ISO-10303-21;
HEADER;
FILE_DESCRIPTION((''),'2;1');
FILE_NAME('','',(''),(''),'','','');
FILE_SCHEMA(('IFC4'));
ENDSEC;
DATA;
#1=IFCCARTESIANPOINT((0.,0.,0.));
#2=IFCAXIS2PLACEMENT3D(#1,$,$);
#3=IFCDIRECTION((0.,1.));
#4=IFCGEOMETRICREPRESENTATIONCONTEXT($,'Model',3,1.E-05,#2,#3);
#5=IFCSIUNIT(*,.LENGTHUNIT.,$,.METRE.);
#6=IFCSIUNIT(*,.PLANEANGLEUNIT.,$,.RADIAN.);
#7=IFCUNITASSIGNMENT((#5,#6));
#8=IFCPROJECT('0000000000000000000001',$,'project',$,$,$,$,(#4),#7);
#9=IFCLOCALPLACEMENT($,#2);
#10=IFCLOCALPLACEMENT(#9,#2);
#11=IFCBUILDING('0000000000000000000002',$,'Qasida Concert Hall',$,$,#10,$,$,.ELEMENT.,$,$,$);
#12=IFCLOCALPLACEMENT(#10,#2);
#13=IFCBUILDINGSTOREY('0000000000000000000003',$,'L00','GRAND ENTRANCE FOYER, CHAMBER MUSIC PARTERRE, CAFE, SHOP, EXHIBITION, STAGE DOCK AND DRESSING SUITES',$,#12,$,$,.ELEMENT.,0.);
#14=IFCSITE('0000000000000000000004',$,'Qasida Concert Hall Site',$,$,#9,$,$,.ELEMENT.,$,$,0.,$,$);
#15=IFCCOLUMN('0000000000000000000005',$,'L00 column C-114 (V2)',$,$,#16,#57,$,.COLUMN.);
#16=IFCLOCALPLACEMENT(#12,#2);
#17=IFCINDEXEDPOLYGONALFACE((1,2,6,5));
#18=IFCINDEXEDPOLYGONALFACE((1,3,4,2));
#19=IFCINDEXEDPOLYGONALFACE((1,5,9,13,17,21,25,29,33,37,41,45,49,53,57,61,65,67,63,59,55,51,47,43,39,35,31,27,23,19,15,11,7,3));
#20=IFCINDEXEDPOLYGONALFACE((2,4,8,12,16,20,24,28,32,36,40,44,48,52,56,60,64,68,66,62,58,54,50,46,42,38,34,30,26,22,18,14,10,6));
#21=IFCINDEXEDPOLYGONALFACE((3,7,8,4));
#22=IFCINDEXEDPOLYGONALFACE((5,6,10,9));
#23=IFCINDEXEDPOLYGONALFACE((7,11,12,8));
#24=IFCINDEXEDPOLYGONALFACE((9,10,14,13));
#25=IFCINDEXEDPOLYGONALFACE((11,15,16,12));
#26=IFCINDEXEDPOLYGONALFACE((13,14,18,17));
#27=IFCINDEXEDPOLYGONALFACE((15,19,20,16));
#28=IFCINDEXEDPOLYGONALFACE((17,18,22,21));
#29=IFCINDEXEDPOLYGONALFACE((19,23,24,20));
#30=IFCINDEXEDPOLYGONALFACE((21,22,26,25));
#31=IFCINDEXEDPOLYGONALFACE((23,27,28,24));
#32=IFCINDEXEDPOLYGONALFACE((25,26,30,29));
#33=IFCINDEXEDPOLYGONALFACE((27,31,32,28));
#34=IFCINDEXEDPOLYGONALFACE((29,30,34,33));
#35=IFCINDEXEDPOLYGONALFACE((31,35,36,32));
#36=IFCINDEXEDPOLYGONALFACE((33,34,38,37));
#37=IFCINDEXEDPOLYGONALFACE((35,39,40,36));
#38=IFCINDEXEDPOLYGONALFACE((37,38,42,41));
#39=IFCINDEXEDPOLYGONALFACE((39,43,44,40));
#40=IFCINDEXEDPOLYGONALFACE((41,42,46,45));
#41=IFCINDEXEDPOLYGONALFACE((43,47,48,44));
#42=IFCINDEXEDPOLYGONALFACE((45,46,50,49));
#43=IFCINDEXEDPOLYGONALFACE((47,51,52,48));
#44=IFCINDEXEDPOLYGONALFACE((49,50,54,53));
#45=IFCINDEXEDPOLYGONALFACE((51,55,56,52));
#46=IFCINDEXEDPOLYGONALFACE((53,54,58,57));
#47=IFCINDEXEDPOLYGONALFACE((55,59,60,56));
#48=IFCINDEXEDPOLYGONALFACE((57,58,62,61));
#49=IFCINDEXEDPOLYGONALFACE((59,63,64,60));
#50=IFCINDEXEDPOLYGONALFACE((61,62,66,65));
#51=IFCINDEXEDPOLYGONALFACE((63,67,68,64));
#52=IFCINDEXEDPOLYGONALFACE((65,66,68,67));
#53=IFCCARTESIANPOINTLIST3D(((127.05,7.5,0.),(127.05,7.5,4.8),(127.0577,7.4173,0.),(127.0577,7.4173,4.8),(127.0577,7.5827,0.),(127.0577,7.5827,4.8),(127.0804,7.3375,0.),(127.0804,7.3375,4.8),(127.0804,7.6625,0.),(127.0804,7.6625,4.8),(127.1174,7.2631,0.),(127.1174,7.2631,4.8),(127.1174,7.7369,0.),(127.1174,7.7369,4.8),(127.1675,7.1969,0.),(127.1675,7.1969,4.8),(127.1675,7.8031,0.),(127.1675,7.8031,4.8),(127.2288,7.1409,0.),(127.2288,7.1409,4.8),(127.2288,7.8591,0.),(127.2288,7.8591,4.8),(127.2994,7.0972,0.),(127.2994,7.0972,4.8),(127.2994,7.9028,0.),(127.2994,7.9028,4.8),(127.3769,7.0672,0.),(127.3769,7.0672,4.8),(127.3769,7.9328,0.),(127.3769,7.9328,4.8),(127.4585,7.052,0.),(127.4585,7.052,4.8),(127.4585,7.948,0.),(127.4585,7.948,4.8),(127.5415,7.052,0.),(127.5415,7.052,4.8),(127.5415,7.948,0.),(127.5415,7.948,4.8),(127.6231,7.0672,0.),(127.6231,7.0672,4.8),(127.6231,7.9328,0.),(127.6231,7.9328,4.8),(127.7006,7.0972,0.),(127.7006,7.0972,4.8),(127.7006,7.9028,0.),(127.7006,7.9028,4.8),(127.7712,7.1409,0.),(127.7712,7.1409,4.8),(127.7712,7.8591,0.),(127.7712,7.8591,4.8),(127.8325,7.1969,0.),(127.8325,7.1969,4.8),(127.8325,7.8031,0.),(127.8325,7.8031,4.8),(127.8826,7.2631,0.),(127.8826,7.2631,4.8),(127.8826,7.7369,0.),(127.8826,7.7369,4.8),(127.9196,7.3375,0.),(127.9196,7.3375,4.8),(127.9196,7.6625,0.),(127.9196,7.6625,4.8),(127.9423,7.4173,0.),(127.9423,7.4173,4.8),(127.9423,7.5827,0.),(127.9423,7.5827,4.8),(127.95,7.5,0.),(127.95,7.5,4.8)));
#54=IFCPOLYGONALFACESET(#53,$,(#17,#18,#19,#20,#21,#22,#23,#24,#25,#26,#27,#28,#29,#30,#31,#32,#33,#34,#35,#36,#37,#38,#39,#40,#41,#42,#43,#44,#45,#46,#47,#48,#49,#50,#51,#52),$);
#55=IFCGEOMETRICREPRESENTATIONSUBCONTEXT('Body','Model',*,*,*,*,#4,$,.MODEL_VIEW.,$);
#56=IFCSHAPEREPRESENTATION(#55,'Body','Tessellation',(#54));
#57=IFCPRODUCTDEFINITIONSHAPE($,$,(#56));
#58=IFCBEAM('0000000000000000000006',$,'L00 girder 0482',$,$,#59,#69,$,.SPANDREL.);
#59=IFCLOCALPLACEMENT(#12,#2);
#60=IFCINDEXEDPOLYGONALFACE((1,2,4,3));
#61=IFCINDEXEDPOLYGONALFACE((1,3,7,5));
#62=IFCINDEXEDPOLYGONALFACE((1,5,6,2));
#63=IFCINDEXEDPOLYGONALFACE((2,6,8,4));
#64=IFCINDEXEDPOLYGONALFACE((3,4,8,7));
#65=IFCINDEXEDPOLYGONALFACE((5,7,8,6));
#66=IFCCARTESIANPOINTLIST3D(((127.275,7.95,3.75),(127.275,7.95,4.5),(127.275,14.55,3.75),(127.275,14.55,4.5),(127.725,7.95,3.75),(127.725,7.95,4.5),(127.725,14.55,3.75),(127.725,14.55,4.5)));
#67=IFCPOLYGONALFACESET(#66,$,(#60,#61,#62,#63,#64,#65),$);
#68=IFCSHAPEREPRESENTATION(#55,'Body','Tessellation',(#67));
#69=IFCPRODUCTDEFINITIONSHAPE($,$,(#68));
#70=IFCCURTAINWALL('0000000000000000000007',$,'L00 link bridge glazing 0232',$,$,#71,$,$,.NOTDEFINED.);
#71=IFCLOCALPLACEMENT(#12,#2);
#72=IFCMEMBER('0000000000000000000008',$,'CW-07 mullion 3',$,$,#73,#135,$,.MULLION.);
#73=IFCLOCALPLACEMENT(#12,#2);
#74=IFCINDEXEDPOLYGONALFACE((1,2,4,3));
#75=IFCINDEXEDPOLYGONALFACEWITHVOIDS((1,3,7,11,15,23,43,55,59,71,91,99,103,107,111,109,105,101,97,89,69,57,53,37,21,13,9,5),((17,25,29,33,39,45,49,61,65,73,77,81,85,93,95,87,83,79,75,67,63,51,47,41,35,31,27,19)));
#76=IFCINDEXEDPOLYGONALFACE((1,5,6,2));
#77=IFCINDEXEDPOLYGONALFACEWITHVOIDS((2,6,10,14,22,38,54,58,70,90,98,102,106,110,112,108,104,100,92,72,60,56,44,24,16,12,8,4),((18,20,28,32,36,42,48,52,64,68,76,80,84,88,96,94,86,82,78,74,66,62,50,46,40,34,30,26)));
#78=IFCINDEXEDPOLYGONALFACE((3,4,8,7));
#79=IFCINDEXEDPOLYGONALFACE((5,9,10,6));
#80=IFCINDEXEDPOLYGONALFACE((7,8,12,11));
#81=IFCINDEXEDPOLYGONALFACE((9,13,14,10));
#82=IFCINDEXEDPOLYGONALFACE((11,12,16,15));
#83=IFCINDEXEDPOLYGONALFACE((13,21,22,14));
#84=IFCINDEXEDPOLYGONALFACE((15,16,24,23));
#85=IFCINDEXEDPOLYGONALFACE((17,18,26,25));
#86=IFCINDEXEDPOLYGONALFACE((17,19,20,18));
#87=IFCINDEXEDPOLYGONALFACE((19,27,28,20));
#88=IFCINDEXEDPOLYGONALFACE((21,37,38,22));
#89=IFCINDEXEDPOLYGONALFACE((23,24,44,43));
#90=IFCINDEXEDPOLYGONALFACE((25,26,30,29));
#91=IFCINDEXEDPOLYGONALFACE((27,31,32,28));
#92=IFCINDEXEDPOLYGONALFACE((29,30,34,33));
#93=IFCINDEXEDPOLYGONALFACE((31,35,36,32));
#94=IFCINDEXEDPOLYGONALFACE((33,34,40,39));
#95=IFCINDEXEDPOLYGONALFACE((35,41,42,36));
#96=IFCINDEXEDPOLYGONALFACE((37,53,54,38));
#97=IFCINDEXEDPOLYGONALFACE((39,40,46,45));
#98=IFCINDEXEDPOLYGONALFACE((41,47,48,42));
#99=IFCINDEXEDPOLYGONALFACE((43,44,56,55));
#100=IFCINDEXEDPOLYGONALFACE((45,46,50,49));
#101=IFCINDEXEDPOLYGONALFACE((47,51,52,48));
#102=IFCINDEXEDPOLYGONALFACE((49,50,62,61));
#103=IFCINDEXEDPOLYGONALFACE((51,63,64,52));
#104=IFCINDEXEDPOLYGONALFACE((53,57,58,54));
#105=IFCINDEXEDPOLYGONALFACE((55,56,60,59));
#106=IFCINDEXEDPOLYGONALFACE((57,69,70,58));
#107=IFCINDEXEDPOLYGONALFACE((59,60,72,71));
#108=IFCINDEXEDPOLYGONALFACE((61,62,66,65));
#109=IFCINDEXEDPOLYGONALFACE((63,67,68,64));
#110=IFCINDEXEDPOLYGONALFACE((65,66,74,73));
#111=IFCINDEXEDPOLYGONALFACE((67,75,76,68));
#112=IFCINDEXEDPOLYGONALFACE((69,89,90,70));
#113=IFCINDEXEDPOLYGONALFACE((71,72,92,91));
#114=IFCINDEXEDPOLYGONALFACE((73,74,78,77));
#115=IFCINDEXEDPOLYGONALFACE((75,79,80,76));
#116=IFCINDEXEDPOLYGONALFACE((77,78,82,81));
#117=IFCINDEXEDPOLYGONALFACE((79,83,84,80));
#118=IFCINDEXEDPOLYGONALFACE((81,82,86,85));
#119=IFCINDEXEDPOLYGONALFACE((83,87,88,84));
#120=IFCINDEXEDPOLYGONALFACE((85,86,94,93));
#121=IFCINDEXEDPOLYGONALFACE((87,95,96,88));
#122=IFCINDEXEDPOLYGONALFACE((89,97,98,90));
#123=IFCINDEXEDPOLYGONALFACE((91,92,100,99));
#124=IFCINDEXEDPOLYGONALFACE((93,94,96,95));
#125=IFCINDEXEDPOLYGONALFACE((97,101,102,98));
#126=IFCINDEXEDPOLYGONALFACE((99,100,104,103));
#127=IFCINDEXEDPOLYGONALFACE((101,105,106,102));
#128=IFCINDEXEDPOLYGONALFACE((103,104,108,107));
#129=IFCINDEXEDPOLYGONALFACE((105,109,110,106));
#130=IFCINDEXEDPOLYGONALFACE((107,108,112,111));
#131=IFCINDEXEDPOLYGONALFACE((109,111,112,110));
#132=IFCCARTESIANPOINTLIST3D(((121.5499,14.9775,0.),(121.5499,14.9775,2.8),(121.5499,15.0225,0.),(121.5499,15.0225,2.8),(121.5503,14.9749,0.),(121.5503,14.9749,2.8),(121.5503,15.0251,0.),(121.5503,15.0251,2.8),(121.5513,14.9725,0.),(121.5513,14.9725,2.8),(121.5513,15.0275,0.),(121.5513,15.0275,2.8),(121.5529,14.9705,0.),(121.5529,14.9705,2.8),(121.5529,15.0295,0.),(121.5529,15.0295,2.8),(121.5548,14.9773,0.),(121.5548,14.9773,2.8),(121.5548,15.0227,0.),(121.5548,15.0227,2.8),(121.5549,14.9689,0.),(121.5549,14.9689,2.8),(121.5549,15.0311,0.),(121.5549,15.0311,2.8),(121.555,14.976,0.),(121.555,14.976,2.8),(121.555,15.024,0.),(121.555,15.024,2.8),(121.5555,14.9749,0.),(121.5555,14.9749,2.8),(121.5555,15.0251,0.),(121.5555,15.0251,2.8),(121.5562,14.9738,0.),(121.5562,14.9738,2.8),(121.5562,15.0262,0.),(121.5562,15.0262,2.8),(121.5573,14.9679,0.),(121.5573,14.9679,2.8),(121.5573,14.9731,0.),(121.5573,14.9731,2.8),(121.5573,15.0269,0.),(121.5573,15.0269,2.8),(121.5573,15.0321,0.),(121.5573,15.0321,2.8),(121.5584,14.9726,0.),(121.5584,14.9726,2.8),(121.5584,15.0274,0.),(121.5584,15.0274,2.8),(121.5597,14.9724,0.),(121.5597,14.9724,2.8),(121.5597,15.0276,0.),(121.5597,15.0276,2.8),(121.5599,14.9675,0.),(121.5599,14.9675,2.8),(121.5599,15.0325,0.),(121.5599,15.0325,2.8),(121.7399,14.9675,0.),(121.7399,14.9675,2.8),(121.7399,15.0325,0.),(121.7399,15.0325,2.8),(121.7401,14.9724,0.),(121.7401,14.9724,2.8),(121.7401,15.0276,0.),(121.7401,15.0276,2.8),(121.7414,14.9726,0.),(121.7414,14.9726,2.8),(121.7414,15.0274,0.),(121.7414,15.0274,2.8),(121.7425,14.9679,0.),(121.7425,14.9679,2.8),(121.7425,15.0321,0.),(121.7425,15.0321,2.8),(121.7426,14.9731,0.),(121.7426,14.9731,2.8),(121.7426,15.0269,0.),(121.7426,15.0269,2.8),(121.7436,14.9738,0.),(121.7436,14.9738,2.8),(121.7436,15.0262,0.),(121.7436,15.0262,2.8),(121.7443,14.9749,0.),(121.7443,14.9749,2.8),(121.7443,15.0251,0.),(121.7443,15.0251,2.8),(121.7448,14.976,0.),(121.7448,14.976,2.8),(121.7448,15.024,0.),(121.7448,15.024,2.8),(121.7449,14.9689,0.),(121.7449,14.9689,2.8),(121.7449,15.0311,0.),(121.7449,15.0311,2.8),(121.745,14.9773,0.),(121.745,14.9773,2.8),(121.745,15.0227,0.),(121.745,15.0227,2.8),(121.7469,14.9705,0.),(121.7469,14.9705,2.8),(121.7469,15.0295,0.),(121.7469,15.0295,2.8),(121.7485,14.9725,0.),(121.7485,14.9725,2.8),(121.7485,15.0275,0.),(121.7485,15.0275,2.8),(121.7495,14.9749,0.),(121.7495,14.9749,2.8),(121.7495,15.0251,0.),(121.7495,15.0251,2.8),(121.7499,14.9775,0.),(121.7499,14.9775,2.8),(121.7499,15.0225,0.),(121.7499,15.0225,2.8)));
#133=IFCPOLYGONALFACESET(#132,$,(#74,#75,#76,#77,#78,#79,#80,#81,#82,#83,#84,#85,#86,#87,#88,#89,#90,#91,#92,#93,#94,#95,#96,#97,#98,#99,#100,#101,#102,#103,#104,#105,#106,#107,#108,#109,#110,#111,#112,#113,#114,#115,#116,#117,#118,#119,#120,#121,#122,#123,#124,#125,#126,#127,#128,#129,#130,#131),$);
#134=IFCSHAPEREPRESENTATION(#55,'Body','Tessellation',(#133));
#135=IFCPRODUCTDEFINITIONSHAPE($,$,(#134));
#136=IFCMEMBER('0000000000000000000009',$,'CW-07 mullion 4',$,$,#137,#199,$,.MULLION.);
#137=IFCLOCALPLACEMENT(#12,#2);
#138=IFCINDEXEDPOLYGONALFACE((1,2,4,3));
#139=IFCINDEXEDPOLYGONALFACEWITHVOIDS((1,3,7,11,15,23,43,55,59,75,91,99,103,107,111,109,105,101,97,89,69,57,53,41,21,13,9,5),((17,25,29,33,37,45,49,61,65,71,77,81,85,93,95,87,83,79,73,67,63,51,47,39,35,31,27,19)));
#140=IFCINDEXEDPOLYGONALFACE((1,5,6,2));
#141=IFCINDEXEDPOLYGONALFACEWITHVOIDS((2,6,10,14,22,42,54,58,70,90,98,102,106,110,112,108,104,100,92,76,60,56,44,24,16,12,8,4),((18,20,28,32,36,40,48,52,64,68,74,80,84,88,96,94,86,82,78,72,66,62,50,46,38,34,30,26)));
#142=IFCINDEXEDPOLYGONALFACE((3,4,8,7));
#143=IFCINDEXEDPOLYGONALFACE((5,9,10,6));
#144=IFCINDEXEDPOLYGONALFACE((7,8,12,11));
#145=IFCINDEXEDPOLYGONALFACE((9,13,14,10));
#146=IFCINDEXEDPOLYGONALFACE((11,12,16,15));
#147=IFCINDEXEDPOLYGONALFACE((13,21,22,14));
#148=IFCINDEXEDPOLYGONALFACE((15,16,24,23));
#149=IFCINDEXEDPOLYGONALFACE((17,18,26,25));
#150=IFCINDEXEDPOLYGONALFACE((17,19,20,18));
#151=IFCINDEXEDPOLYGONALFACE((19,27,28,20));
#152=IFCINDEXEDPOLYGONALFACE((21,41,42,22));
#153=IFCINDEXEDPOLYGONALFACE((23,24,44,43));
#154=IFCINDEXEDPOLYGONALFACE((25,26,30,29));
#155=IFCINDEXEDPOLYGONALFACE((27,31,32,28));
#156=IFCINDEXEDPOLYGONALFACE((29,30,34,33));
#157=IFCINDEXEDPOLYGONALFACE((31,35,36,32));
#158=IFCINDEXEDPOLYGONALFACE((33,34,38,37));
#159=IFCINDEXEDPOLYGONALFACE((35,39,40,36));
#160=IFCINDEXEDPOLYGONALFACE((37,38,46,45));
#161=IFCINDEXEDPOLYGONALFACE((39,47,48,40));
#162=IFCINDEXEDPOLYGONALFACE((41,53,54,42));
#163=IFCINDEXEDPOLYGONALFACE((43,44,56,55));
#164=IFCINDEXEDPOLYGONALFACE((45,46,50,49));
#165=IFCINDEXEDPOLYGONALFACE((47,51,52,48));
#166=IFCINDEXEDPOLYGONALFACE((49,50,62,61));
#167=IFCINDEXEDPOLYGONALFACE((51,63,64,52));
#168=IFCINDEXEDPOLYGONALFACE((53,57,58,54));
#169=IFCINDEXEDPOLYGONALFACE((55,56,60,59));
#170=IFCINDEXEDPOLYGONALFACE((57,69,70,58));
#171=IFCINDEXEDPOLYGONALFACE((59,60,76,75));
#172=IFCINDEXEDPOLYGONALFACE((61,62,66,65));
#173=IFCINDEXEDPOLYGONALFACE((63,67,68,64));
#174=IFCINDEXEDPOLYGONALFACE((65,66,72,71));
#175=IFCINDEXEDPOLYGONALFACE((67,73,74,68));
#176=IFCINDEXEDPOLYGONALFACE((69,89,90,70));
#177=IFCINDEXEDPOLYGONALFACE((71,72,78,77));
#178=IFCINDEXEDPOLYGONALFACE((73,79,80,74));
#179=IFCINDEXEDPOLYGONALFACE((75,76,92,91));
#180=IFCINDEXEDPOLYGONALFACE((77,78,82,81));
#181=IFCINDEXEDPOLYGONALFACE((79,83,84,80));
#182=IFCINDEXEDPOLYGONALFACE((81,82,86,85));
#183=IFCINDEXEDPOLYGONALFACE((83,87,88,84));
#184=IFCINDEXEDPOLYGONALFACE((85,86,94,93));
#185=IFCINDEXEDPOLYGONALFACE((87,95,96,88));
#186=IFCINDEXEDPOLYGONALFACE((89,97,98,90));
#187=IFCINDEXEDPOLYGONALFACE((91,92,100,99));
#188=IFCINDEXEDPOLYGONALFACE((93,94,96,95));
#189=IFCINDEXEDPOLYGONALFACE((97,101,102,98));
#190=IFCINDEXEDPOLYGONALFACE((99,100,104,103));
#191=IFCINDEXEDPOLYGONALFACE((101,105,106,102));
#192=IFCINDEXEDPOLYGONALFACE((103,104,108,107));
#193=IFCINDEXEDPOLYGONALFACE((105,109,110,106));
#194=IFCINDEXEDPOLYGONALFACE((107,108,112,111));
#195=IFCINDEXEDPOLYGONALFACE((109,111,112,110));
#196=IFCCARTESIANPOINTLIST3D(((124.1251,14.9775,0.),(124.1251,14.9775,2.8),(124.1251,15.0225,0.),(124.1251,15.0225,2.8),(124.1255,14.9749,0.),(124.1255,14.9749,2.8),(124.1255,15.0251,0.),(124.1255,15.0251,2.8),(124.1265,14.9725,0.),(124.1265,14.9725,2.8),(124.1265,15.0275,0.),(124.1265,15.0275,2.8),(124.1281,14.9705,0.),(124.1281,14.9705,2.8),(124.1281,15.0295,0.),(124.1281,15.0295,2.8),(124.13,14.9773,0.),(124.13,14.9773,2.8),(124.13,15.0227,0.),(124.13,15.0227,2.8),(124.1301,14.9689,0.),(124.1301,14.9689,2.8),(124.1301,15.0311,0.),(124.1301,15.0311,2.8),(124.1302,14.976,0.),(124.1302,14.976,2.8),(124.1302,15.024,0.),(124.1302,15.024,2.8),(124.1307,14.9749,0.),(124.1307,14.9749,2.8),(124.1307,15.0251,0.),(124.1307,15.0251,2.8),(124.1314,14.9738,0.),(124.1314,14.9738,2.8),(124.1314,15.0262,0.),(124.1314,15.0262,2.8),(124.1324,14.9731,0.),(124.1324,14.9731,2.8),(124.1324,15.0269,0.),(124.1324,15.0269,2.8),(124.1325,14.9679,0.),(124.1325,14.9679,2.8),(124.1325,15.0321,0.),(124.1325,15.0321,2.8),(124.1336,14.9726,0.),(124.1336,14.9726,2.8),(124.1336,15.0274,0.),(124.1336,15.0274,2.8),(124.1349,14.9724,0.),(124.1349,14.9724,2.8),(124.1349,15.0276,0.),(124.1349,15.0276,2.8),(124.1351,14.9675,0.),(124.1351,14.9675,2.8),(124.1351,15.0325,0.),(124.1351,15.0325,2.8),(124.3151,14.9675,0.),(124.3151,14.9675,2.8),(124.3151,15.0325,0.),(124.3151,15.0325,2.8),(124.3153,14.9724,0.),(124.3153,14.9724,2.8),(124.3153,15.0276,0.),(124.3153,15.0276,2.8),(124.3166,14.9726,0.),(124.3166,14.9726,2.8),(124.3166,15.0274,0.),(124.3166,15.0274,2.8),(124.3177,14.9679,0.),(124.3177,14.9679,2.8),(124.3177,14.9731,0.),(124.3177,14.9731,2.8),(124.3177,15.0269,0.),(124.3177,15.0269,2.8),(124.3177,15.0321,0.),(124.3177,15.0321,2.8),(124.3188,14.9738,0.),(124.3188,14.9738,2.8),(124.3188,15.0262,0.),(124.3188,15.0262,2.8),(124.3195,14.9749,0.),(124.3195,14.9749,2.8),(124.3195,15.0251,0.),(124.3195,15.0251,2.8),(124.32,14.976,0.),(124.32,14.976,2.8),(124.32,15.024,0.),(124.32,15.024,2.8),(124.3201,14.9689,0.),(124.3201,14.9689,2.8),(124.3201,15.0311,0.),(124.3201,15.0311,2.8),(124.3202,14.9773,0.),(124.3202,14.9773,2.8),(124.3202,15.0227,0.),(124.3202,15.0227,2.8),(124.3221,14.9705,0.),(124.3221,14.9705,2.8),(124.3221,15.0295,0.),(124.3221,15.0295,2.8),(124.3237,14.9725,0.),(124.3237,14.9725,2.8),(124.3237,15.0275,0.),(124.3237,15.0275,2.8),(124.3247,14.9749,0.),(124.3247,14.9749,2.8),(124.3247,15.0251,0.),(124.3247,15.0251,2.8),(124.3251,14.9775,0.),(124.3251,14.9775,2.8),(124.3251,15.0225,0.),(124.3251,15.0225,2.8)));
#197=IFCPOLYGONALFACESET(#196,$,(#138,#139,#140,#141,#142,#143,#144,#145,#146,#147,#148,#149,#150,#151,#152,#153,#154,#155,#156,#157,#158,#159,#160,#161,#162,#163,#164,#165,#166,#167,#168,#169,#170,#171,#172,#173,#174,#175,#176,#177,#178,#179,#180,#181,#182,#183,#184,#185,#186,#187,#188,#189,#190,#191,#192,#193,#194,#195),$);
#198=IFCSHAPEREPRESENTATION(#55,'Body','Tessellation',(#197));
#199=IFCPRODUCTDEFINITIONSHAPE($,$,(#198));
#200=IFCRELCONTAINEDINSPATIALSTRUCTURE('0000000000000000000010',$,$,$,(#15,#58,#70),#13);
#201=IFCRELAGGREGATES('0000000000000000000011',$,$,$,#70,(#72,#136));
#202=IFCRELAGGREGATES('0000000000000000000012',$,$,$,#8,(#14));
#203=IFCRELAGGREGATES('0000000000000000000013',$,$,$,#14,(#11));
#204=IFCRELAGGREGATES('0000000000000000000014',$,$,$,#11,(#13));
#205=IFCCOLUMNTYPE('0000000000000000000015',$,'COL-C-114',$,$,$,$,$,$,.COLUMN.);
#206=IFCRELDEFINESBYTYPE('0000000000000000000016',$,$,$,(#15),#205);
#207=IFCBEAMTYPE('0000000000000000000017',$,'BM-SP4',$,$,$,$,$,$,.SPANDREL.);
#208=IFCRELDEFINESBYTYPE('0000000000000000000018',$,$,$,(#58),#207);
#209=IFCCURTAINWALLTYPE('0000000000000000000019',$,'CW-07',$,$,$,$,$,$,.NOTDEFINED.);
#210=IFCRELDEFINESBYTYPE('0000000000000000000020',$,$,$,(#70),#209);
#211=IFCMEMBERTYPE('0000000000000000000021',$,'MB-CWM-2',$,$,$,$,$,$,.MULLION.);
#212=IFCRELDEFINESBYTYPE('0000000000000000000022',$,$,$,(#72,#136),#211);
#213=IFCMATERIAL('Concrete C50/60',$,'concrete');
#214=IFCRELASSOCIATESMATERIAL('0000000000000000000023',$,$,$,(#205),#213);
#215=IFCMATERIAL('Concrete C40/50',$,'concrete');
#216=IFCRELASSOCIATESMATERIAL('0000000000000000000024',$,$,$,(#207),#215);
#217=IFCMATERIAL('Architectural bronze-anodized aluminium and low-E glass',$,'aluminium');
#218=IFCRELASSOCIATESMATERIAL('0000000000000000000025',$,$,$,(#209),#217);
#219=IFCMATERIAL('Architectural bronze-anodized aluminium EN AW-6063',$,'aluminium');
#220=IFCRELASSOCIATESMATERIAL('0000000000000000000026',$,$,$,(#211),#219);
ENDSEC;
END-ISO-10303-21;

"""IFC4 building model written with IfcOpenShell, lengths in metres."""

from ifc_helpers import new_model, si_unit, direction, frame, origin, origin_2d, place, context, subcontext, project, spatial, rectangle, hollow_rectangle, circle, extrude, material, material_profile, profile_set, type_object, element, aggregate, save


model = new_model("IFC4")

# Units and contexts
model_context = context("Model", 3, precision=1e-05, world=origin(), true_north=direction((0.0, 1.0)))
body_context = subcontext(model_context, "Body", "Model", "MODEL_VIEW")
ifc_project = project(units=[si_unit("LENGTHUNIT", "METRE"), si_unit("PLANEANGLEUNIT", "RADIAN")], contexts=[model_context])

# Site, building, storey
site_placement = place(None, origin())
site = spatial("IfcSite", under=ifc_project, at=site_placement, Name="Qasida Concert Hall Site", CompositionType="ELEMENT", RefElevation=0.0)
building_placement = place(site_placement, origin())
building = spatial("IfcBuilding", under=site, at=building_placement, Name="Qasida Concert Hall", CompositionType="ELEMENT")
storey_placement = place(building_placement, origin())
storey = spatial("IfcBuildingStorey", under=building, at=storey_placement, Name="L00", Description="GRAND ENTRANCE FOYER, CHAMBER MUSIC PARTERRE, CAFE, SHOP, EXHIBITION, STAGE DOCK AND DRESSING SUITES", CompositionType="ELEMENT", Elevation=0.0)

# Column
ifc_material_1 = material(Name="Concrete C50/60", Category="concrete")
ifc_material_profile_1 = material_profile(ifc_material_1, circle(Radius=0.45, at=origin_2d()), Name="RC COL D900")
ifc_profile_set_1 = profile_set([ifc_material_profile_1], Name="Concrete C50/60")
column_type = type_object("IfcColumnType", Name="COL-C-114", PredefinedType="COLUMN", material=ifc_profile_set_1)
column_placement = place(storey_placement, frame((127.5, 7.5, 0.0), z_axis=(0.0, 0.0, 1.0), x_axis=(1.0, 0.0, 0.0)))
element("IfcColumn", 1, at=column_placement, inside=storey, type_object=column_type, Name="L00 column C-114 (V2)", PredefinedType="COLUMN", context=body_context, shape_type="SweptSolid", body=[
    extrude(circle(Radius=0.45, at=origin_2d()), origin(), (0.0, 0.0, 1.0), 4.8),
])

# Beam
ifc_material_2 = material(Name="Concrete C40/50", Category="concrete")
ifc_material_profile_2 = material_profile(ifc_material_2, rectangle(XDim=0.45, YDim=0.75, at=origin_2d()), Name="RC 450x750")
ifc_profile_set_2 = profile_set([ifc_material_profile_2], Name="Concrete C40/50")
beam_type = type_object("IfcBeamType", Name="BM-SP4", PredefinedType="SPANDREL", material=ifc_profile_set_2)
beam_placement = place(storey_placement, frame((127.5, 7.95, 4.125), z_axis=(0.0, 1.0, 0.0), x_axis=(-1.0, 0.0, 0.0)))
element("IfcBeam", 2, at=beam_placement, inside=storey, type_object=beam_type, Name="L00 girder 0482", PredefinedType="SPANDREL", context=body_context, shape_type="SweptSolid", body=[
    extrude(rectangle(XDim=0.45, YDim=0.75, at=origin_2d()), origin(), (0.0, 0.0, 1.0), 6.6001),
])

# Curtain wall, members
ifc_material_3 = material(Name="Architectural bronze-anodized aluminium and low-E glass", Category="aluminium")
curtain_wall_type = type_object("IfcCurtainWallType", Name="CW-07", PredefinedType="NOTDEFINED", material=ifc_material_3)
curtain_wall_placement = place(storey_placement, origin())
curtain_wall = element("IfcCurtainWall", 3, at=curtain_wall_placement, inside=storey, type_object=curtain_wall_type, Name="L00 link bridge glazing 0232", PredefinedType="NOTDEFINED")
ifc_material_4 = material(Name="Architectural bronze-anodized aluminium EN AW-6063", Category="aluminium")
ifc_material_profile_3 = material_profile(ifc_material_4, hollow_rectangle(XDim=0.0649, YDim=0.2, WallThickness=0.0049, InnerFilletRadius=0.0049, OuterFilletRadius=0.01, at=origin_2d()), Name="CWM 200x65x5")
ifc_profile_set_3 = profile_set([ifc_material_profile_3], Name="Architectural bronze-anodized aluminium EN AW-6063")
member_type_1 = type_object("IfcMemberType", Name="MB-CWM-2", PredefinedType="MULLION", material=ifc_profile_set_3)
member_1_placement = place(storey_placement, frame((121.6499, 15.0, 0.0), z_axis=(0.0, 0.0, 1.0), x_axis=(0.0, 1.0, 0.0)))
member_1 = element("IfcMember", 4, at=member_1_placement, type_object=member_type_1, Name="CW-07 mullion 3", PredefinedType="MULLION", context=body_context, shape_type="SweptSolid", body=[
    extrude(hollow_rectangle(XDim=0.0649, YDim=0.2, WallThickness=0.0049, InnerFilletRadius=0.0049, OuterFilletRadius=0.01, at=origin_2d()), origin(), (0.0, 0.0, 1.0), 2.8),
])
member_2_placement = place(storey_placement, frame((124.2251, 15.0, 0.0), z_axis=(0.0, 0.0, 1.0), x_axis=(0.0, 1.0, 0.0)))
member_2 = element("IfcMember", 5, at=member_2_placement, type_object=member_type_1, Name="CW-07 mullion 4", PredefinedType="MULLION", context=body_context, shape_type="SweptSolid", body=[
    extrude(hollow_rectangle(XDim=0.0649, YDim=0.2, WallThickness=0.0049, InnerFilletRadius=0.0049, OuterFilletRadius=0.01, at=origin_2d()), origin(), (0.0, 0.0, 1.0), 2.8),
])
aggregate(curtain_wall, [member_1, member_2])

save(model, "model.ifc")
